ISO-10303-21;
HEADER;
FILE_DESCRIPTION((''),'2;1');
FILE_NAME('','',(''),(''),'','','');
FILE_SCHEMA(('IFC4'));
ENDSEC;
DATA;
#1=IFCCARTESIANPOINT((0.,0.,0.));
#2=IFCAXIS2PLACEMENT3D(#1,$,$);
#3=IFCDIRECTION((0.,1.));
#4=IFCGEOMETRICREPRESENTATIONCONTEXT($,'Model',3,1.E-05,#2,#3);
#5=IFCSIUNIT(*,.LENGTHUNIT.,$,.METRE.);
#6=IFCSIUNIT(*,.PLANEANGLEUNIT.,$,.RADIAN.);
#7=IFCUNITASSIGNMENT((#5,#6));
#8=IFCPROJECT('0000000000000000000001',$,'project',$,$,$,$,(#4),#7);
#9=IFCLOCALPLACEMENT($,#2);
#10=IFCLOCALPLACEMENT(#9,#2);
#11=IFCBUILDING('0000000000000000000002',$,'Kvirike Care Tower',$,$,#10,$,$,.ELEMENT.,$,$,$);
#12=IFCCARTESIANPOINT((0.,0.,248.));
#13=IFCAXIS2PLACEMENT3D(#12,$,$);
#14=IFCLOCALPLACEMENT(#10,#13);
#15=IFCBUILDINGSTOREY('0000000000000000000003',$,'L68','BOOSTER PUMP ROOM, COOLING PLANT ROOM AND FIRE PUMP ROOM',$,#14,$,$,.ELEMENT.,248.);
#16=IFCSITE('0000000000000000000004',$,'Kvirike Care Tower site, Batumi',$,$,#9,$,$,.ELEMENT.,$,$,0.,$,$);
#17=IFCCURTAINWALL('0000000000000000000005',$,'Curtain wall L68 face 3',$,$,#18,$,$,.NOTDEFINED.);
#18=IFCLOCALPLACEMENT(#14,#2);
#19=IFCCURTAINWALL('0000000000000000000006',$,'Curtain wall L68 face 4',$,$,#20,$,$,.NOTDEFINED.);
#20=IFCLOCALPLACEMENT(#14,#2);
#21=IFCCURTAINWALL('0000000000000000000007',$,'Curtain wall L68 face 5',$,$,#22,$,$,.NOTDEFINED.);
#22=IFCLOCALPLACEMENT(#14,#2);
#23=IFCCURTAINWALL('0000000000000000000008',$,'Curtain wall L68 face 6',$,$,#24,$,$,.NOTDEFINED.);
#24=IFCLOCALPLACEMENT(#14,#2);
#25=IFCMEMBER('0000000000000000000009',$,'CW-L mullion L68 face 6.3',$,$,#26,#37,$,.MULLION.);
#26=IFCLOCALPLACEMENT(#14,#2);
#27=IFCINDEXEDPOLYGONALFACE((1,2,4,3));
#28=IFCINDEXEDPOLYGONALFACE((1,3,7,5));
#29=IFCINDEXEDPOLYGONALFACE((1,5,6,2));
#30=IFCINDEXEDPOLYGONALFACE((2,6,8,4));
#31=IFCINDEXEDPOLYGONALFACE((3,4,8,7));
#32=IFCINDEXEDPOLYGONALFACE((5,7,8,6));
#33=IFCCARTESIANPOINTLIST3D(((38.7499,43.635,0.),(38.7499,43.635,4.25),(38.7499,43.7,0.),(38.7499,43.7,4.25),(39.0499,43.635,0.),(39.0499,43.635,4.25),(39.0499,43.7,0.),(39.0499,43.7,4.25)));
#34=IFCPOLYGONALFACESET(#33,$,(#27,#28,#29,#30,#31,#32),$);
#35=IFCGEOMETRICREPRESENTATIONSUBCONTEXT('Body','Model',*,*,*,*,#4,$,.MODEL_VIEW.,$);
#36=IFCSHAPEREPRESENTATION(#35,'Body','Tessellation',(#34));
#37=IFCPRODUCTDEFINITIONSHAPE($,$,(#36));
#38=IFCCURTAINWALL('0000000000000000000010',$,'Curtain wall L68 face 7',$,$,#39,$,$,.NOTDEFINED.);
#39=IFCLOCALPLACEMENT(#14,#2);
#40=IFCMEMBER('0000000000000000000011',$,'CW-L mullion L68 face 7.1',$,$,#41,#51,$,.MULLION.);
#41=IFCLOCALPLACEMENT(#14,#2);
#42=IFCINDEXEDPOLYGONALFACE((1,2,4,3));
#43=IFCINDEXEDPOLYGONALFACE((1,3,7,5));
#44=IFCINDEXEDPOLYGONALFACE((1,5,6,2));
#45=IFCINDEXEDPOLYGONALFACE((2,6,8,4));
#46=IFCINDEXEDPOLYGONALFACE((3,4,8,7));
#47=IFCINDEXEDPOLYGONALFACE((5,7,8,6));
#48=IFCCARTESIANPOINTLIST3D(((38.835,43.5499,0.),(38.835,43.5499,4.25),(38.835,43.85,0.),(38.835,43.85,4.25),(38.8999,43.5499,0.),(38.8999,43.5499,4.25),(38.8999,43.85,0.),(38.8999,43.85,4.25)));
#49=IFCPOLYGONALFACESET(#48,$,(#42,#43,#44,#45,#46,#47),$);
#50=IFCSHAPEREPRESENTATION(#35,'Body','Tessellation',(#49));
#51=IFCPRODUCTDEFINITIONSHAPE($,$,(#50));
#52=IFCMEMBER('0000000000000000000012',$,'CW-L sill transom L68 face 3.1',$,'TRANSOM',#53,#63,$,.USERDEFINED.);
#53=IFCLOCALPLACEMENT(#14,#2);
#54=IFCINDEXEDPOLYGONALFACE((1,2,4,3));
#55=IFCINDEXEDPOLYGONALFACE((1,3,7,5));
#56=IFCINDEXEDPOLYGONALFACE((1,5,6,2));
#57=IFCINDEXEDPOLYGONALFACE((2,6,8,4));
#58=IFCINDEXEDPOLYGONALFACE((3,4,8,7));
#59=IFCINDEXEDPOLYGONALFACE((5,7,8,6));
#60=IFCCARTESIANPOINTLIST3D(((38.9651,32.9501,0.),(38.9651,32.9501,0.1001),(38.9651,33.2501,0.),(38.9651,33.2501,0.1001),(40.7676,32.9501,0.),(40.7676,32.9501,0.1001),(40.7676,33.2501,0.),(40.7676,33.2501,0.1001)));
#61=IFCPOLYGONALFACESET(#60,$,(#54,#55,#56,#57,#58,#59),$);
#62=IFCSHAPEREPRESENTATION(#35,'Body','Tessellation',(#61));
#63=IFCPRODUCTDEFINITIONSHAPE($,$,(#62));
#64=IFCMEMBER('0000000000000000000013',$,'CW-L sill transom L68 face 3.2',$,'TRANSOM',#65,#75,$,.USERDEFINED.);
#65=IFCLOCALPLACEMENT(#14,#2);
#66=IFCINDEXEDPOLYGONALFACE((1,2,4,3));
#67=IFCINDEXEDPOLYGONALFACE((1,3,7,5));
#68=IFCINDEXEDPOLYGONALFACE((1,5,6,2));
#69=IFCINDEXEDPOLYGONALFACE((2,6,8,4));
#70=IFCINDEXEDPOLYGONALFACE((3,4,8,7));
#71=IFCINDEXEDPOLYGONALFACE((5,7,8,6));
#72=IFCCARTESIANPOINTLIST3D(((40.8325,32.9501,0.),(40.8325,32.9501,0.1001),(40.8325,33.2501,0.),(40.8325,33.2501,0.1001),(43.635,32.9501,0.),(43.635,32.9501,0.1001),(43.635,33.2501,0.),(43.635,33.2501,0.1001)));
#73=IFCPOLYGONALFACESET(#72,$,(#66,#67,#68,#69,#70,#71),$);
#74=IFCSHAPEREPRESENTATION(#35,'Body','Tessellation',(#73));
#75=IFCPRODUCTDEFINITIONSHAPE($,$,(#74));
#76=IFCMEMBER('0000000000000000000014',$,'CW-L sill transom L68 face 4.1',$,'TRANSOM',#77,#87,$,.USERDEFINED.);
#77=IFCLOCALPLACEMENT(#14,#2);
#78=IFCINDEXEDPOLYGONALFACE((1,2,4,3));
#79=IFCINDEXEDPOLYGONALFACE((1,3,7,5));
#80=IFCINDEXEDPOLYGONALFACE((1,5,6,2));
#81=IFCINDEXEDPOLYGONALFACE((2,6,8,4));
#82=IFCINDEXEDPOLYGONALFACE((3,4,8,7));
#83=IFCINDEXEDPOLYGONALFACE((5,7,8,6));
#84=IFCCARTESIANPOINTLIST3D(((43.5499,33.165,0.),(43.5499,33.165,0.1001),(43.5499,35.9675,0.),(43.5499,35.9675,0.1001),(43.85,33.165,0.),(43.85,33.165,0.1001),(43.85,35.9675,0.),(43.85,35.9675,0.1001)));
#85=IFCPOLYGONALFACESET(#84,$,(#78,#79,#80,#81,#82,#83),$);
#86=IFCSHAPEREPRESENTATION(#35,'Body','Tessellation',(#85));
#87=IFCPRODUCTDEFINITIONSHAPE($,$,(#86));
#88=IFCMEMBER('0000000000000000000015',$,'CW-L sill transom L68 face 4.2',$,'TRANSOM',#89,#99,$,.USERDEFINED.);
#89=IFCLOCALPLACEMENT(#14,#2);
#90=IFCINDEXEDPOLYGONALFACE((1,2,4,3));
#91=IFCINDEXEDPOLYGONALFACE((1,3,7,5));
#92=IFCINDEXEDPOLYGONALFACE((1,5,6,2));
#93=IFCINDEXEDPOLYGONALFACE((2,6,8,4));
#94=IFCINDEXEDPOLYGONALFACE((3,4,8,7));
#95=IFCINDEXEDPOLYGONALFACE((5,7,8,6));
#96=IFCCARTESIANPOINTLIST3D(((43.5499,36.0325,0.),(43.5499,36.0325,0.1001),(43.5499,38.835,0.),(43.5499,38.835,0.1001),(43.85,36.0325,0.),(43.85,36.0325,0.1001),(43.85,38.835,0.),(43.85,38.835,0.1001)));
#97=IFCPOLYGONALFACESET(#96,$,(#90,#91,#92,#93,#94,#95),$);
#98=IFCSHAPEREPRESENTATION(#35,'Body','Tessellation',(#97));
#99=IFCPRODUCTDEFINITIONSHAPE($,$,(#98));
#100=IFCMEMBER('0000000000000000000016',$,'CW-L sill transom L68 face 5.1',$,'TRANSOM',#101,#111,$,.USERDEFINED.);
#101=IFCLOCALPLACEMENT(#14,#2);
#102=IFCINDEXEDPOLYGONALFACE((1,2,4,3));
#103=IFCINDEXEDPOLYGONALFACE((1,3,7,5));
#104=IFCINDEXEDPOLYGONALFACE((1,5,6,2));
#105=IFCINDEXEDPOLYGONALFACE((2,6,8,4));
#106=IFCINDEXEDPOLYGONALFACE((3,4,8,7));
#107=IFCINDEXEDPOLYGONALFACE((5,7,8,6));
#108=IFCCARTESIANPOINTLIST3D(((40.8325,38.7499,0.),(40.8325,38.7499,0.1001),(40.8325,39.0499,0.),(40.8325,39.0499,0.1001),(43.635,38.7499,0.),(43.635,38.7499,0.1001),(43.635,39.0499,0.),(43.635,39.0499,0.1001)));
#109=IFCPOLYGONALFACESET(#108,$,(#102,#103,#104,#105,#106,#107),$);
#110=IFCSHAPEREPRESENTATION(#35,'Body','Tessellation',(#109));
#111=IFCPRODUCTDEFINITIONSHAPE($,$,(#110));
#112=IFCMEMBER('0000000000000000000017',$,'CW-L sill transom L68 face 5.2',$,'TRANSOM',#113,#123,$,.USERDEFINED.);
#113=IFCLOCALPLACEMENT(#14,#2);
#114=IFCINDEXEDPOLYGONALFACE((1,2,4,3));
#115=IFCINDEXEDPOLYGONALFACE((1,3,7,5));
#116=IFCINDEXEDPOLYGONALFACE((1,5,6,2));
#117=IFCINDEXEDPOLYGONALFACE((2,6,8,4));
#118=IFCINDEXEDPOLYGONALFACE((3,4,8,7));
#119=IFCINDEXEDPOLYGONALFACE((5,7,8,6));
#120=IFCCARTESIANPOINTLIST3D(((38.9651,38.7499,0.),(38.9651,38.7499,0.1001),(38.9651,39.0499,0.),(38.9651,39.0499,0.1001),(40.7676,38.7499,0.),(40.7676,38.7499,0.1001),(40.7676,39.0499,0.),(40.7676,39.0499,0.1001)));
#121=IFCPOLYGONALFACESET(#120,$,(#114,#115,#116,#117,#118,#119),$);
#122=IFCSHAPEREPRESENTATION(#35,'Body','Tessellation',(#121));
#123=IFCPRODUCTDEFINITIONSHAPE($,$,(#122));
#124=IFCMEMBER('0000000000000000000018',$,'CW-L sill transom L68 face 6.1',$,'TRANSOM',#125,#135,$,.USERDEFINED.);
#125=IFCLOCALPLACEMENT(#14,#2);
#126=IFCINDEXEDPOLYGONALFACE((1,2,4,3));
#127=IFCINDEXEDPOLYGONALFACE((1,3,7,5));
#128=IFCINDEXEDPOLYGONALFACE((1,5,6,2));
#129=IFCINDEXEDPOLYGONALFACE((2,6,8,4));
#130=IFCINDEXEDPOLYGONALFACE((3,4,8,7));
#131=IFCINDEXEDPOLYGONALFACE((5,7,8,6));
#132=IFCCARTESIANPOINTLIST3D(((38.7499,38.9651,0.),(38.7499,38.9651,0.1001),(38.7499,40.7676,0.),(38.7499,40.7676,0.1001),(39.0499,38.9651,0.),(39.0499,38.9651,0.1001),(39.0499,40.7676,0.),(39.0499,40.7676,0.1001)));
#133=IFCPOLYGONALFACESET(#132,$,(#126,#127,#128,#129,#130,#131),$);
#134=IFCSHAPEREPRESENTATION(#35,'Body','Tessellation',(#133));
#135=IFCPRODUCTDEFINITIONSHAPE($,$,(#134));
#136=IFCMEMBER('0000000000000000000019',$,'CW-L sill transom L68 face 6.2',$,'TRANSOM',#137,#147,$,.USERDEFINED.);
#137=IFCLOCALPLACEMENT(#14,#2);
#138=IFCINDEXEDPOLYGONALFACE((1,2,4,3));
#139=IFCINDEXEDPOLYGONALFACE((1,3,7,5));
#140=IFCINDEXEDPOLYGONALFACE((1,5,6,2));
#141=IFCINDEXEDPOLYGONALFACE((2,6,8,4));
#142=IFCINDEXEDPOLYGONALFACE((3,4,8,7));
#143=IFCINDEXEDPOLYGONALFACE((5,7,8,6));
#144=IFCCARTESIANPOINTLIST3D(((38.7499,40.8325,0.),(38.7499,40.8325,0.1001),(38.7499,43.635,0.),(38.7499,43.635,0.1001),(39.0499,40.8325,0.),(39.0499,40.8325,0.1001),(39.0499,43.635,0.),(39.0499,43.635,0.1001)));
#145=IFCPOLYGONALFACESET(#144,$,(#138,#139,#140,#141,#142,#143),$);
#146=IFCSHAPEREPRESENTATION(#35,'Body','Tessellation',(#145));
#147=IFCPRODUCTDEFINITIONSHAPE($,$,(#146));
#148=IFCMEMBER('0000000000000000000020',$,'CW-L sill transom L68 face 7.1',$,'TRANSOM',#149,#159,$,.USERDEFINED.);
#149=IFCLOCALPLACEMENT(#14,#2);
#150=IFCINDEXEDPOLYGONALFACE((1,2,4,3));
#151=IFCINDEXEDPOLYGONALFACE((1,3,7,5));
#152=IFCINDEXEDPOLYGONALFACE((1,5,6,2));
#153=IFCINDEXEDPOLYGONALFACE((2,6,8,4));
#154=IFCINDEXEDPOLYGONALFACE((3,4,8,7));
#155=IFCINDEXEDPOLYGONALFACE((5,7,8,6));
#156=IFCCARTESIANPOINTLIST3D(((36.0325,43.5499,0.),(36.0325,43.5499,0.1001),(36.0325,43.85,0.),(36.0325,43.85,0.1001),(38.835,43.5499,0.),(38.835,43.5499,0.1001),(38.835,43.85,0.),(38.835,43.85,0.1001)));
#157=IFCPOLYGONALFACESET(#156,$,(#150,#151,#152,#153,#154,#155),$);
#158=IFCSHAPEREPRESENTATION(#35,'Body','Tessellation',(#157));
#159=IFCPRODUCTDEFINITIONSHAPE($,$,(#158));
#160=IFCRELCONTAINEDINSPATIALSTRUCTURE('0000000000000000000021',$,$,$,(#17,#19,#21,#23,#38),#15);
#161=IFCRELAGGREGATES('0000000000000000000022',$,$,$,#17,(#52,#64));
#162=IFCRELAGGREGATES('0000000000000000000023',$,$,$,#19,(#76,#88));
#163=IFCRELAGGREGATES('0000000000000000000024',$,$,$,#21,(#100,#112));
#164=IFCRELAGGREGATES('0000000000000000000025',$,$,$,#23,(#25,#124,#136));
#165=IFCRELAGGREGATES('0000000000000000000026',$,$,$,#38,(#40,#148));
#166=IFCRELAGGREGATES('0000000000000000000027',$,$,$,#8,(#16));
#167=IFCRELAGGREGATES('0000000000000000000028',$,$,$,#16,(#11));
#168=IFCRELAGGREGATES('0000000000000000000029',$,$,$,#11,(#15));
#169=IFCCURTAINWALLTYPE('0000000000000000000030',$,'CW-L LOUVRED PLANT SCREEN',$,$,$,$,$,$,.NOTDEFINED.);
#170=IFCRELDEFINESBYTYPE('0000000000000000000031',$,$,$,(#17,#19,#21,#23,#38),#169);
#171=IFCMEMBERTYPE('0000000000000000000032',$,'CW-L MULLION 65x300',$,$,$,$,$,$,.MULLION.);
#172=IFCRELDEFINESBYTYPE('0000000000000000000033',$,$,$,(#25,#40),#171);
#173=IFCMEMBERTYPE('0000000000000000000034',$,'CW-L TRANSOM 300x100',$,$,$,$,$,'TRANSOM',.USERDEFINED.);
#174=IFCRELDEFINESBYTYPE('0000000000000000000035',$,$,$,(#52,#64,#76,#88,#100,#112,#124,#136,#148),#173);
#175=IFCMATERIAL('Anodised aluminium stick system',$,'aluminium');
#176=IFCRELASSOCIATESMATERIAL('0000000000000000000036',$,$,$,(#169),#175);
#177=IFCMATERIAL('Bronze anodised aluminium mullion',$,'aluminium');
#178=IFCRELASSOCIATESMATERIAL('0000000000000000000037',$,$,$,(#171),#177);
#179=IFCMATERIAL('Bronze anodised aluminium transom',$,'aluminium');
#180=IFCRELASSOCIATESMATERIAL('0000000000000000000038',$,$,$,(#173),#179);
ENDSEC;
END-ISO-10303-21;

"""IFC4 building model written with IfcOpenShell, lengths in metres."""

from ifc_helpers import new_model, si_unit, direction, frame, origin, origin_2d, place, context, subcontext, project, spatial, rectangle, extrude, material, material_profile, profile_set, type_object, element, aggregate, save


model = new_model("IFC4")

# Units and contexts
model_context = context("Model", 3, precision=1e-05, world=origin(), true_north=direction((0.0, 1.0)))
body_context = subcontext(model_context, "Body", "Model", "MODEL_VIEW")
ifc_project = project(units=[si_unit("LENGTHUNIT", "METRE"), si_unit("PLANEANGLEUNIT", "RADIAN")], contexts=[model_context])

# Site, building, storey
site_placement = place(None, origin())
site = spatial("IfcSite", under=ifc_project, at=site_placement, Name="Kvirike Care Tower site, Batumi", CompositionType="ELEMENT", RefElevation=0.0)
building_placement = place(site_placement, origin())
building = spatial("IfcBuilding", under=site, at=building_placement, Name="Kvirike Care Tower", CompositionType="ELEMENT")
storey_placement = place(building_placement, frame((0.0, 0.0, 248.0)))
storey = spatial("IfcBuildingStorey", under=building, at=storey_placement, Name="L68", Description="BOOSTER PUMP ROOM, COOLING PLANT ROOM AND FIRE PUMP ROOM", CompositionType="ELEMENT", Elevation=248.0)

# Curtain walls, member
ifc_material_1 = material(Name="Anodised aluminium stick system", Category="aluminium")
curtain_wall_type = type_object("IfcCurtainWallType", Name="CW-L LOUVRED PLANT SCREEN", PredefinedType="NOTDEFINED", material=ifc_material_1)
curtain_wall_1_placement = place(storey_placement, origin())
curtain_wall_1 = element("IfcCurtainWall", 1, at=curtain_wall_1_placement, inside=storey, type_object=curtain_wall_type, Name="Curtain wall L68 face 3", PredefinedType="NOTDEFINED")
ifc_material_2 = material(Name="Bronze anodised aluminium mullion", Category="aluminium")
ifc_material_profile_1 = material_profile(ifc_material_2, rectangle(XDim=0.0649, YDim=0.3, at=origin_2d()), Name="CW-L MULLION 65x300")
ifc_profile_set_1 = profile_set([ifc_material_profile_1], Name="Bronze anodised aluminium mullion")
member_type_1 = type_object("IfcMemberType", Name="CW-L MULLION 65x300", PredefinedType="MULLION", material=ifc_profile_set_1)
curtain_wall_2_placement = place(storey_placement, origin())
curtain_wall_2 = element("IfcCurtainWall", 2, at=curtain_wall_2_placement, inside=storey, type_object=curtain_wall_type, Name="Curtain wall L68 face 4", PredefinedType="NOTDEFINED")
curtain_wall_3_placement = place(storey_placement, origin())
curtain_wall_3 = element("IfcCurtainWall", 3, at=curtain_wall_3_placement, inside=storey, type_object=curtain_wall_type, Name="Curtain wall L68 face 5", PredefinedType="NOTDEFINED")
curtain_wall_4_placement = place(storey_placement, origin())
curtain_wall_4 = element("IfcCurtainWall", 4, at=curtain_wall_4_placement, inside=storey, type_object=curtain_wall_type, Name="Curtain wall L68 face 6", PredefinedType="NOTDEFINED")
member_1_placement = place(storey_placement, frame((38.8999, 43.6675, 0.0), z_axis=(0.0, 0.0, 1.0), x_axis=(0.0, 1.0, 0.0)))
member_1 = element("IfcMember", 5, at=member_1_placement, type_object=member_type_1, Name="CW-L mullion L68 face 6.3", PredefinedType="MULLION", context=body_context, shape_type="SweptSolid", body=[
    extrude(rectangle(XDim=0.0649, YDim=0.3, at=origin_2d()), origin(), (0.0, 0.0, 1.0), 4.25),
])

# Curtain wall, member
curtain_wall_5_placement = place(storey_placement, origin())
curtain_wall_5 = element("IfcCurtainWall", 6, at=curtain_wall_5_placement, inside=storey, type_object=curtain_wall_type, Name="Curtain wall L68 face 7", PredefinedType="NOTDEFINED")
member_2_placement = place(storey_placement, frame((38.8674, 43.7, 0.0), z_axis=(0.0, 0.0, 1.0), x_axis=(-1.0, 0.0, 0.0)))
member_2 = element("IfcMember", 7, at=member_2_placement, type_object=member_type_1, Name="CW-L mullion L68 face 7.1", PredefinedType="MULLION", context=body_context, shape_type="SweptSolid", body=[
    extrude(rectangle(XDim=0.0649, YDim=0.3, at=origin_2d()), origin(), (0.0, 0.0, 1.0), 4.25),
])

# Members
ifc_material_3 = material(Name="Bronze anodised aluminium transom", Category="aluminium")
ifc_material_profile_2 = material_profile(ifc_material_3, rectangle(XDim=0.3, YDim=0.1001, at=origin_2d()), Name="CW-L TRANSOM 300x100")
ifc_profile_set_2 = profile_set([ifc_material_profile_2], Name="Bronze anodised aluminium transom")
member_type_2 = type_object("IfcMemberType", Name="CW-L TRANSOM 300x100", ElementType="TRANSOM", PredefinedType="USERDEFINED", material=ifc_profile_set_2)
member_3_placement = place(storey_placement, frame((38.9651, 33.1001, 0.05), z_axis=(1.0, 0.0, 0.0), x_axis=(0.0, 1.0, 0.0)))
member_3 = element("IfcMember", 8, at=member_3_placement, type_object=member_type_2, Name="CW-L sill transom L68 face 3.1", ObjectType="TRANSOM", PredefinedType="USERDEFINED", context=body_context, shape_type="SweptSolid", body=[
    extrude(rectangle(XDim=0.3, YDim=0.1001, at=origin_2d()), origin(), (0.0, 0.0, 1.0), 1.8025),
])
member_4_placement = place(storey_placement, frame((40.8325, 33.1001, 0.05), z_axis=(1.0, 0.0, 0.0), x_axis=(0.0, 1.0, 0.0)))
member_4 = element("IfcMember", 9, at=member_4_placement, type_object=member_type_2, Name="CW-L sill transom L68 face 3.2", ObjectType="TRANSOM", PredefinedType="USERDEFINED", context=body_context, shape_type="SweptSolid", body=[
    extrude(rectangle(XDim=0.3, YDim=0.1001, at=origin_2d()), origin(), (0.0, 0.0, 1.0), 2.8025),
])
aggregate(curtain_wall_1, [member_3, member_4])
member_5_placement = place(storey_placement, frame((43.7, 33.165, 0.05), z_axis=(0.0, 1.0, 0.0), x_axis=(-1.0, 0.0, 0.0)))
member_5 = element("IfcMember", 10, at=member_5_placement, type_object=member_type_2, Name="CW-L sill transom L68 face 4.1", ObjectType="TRANSOM", PredefinedType="USERDEFINED", context=body_context, shape_type="SweptSolid", body=[
    extrude(rectangle(XDim=0.3, YDim=0.1001, at=origin_2d()), origin(), (0.0, 0.0, 1.0), 2.8025),
])
member_6_placement = place(storey_placement, frame((43.7, 36.0325, 0.05), z_axis=(0.0, 1.0, 0.0), x_axis=(-1.0, 0.0, 0.0)))
member_6 = element("IfcMember", 11, at=member_6_placement, type_object=member_type_2, Name="CW-L sill transom L68 face 4.2", ObjectType="TRANSOM", PredefinedType="USERDEFINED", context=body_context, shape_type="SweptSolid", body=[
    extrude(rectangle(XDim=0.3, YDim=0.1001, at=origin_2d()), origin(), (0.0, 0.0, 1.0), 2.8025),
])
aggregate(curtain_wall_2, [member_5, member_6])
member_7_placement = place(storey_placement, frame((43.635, 38.8999, 0.05), z_axis=(-1.0, 0.0, 0.0), x_axis=(0.0, -1.0, 0.0)))
member_7 = element("IfcMember", 12, at=member_7_placement, type_object=member_type_2, Name="CW-L sill transom L68 face 5.1", ObjectType="TRANSOM", PredefinedType="USERDEFINED", context=body_context, shape_type="SweptSolid", body=[
    extrude(rectangle(XDim=0.3, YDim=0.1001, at=origin_2d()), origin(), (0.0, 0.0, 1.0), 2.8025),
])
member_8_placement = place(storey_placement, frame((40.7676, 38.8999, 0.05), z_axis=(-1.0, 0.0, 0.0), x_axis=(0.0, -1.0, 0.0)))
member_8 = element("IfcMember", 13, at=member_8_placement, type_object=member_type_2, Name="CW-L sill transom L68 face 5.2", ObjectType="TRANSOM", PredefinedType="USERDEFINED", context=body_context, shape_type="SweptSolid", body=[
    extrude(rectangle(XDim=0.3, YDim=0.1001, at=origin_2d()), origin(), (0.0, 0.0, 1.0), 1.8025),
])
aggregate(curtain_wall_3, [member_7, member_8])
member_9_placement = place(storey_placement, frame((38.8999, 38.9651, 0.05), z_axis=(0.0, 1.0, 0.0), x_axis=(-1.0, 0.0, 0.0)))
member_9 = element("IfcMember", 14, at=member_9_placement, type_object=member_type_2, Name="CW-L sill transom L68 face 6.1", ObjectType="TRANSOM", PredefinedType="USERDEFINED", context=body_context, shape_type="SweptSolid", body=[
    extrude(rectangle(XDim=0.3, YDim=0.1001, at=origin_2d()), origin(), (0.0, 0.0, 1.0), 1.8025),
])
member_10_placement = place(storey_placement, frame((38.8999, 40.8325, 0.05), z_axis=(0.0, 1.0, 0.0), x_axis=(-1.0, 0.0, 0.0)))
member_10 = element("IfcMember", 15, at=member_10_placement, type_object=member_type_2, Name="CW-L sill transom L68 face 6.2", ObjectType="TRANSOM", PredefinedType="USERDEFINED", context=body_context, shape_type="SweptSolid", body=[
    extrude(rectangle(XDim=0.3, YDim=0.1001, at=origin_2d()), origin(), (0.0, 0.0, 1.0), 2.8025),
])
aggregate(curtain_wall_4, [member_1, member_9, member_10])
member_11_placement = place(storey_placement, frame((38.835, 43.7, 0.05), z_axis=(-1.0, 0.0, 0.0), x_axis=(0.0, -1.0, 0.0)))
member_11 = element("IfcMember", 16, at=member_11_placement, type_object=member_type_2, Name="CW-L sill transom L68 face 7.1", ObjectType="TRANSOM", PredefinedType="USERDEFINED", context=body_context, shape_type="SweptSolid", body=[
    extrude(rectangle(XDim=0.3, YDim=0.1001, at=origin_2d()), origin(), (0.0, 0.0, 1.0), 2.8025),
])
aggregate(curtain_wall_5, [member_2, member_11])

save(model, "model.ifc")
